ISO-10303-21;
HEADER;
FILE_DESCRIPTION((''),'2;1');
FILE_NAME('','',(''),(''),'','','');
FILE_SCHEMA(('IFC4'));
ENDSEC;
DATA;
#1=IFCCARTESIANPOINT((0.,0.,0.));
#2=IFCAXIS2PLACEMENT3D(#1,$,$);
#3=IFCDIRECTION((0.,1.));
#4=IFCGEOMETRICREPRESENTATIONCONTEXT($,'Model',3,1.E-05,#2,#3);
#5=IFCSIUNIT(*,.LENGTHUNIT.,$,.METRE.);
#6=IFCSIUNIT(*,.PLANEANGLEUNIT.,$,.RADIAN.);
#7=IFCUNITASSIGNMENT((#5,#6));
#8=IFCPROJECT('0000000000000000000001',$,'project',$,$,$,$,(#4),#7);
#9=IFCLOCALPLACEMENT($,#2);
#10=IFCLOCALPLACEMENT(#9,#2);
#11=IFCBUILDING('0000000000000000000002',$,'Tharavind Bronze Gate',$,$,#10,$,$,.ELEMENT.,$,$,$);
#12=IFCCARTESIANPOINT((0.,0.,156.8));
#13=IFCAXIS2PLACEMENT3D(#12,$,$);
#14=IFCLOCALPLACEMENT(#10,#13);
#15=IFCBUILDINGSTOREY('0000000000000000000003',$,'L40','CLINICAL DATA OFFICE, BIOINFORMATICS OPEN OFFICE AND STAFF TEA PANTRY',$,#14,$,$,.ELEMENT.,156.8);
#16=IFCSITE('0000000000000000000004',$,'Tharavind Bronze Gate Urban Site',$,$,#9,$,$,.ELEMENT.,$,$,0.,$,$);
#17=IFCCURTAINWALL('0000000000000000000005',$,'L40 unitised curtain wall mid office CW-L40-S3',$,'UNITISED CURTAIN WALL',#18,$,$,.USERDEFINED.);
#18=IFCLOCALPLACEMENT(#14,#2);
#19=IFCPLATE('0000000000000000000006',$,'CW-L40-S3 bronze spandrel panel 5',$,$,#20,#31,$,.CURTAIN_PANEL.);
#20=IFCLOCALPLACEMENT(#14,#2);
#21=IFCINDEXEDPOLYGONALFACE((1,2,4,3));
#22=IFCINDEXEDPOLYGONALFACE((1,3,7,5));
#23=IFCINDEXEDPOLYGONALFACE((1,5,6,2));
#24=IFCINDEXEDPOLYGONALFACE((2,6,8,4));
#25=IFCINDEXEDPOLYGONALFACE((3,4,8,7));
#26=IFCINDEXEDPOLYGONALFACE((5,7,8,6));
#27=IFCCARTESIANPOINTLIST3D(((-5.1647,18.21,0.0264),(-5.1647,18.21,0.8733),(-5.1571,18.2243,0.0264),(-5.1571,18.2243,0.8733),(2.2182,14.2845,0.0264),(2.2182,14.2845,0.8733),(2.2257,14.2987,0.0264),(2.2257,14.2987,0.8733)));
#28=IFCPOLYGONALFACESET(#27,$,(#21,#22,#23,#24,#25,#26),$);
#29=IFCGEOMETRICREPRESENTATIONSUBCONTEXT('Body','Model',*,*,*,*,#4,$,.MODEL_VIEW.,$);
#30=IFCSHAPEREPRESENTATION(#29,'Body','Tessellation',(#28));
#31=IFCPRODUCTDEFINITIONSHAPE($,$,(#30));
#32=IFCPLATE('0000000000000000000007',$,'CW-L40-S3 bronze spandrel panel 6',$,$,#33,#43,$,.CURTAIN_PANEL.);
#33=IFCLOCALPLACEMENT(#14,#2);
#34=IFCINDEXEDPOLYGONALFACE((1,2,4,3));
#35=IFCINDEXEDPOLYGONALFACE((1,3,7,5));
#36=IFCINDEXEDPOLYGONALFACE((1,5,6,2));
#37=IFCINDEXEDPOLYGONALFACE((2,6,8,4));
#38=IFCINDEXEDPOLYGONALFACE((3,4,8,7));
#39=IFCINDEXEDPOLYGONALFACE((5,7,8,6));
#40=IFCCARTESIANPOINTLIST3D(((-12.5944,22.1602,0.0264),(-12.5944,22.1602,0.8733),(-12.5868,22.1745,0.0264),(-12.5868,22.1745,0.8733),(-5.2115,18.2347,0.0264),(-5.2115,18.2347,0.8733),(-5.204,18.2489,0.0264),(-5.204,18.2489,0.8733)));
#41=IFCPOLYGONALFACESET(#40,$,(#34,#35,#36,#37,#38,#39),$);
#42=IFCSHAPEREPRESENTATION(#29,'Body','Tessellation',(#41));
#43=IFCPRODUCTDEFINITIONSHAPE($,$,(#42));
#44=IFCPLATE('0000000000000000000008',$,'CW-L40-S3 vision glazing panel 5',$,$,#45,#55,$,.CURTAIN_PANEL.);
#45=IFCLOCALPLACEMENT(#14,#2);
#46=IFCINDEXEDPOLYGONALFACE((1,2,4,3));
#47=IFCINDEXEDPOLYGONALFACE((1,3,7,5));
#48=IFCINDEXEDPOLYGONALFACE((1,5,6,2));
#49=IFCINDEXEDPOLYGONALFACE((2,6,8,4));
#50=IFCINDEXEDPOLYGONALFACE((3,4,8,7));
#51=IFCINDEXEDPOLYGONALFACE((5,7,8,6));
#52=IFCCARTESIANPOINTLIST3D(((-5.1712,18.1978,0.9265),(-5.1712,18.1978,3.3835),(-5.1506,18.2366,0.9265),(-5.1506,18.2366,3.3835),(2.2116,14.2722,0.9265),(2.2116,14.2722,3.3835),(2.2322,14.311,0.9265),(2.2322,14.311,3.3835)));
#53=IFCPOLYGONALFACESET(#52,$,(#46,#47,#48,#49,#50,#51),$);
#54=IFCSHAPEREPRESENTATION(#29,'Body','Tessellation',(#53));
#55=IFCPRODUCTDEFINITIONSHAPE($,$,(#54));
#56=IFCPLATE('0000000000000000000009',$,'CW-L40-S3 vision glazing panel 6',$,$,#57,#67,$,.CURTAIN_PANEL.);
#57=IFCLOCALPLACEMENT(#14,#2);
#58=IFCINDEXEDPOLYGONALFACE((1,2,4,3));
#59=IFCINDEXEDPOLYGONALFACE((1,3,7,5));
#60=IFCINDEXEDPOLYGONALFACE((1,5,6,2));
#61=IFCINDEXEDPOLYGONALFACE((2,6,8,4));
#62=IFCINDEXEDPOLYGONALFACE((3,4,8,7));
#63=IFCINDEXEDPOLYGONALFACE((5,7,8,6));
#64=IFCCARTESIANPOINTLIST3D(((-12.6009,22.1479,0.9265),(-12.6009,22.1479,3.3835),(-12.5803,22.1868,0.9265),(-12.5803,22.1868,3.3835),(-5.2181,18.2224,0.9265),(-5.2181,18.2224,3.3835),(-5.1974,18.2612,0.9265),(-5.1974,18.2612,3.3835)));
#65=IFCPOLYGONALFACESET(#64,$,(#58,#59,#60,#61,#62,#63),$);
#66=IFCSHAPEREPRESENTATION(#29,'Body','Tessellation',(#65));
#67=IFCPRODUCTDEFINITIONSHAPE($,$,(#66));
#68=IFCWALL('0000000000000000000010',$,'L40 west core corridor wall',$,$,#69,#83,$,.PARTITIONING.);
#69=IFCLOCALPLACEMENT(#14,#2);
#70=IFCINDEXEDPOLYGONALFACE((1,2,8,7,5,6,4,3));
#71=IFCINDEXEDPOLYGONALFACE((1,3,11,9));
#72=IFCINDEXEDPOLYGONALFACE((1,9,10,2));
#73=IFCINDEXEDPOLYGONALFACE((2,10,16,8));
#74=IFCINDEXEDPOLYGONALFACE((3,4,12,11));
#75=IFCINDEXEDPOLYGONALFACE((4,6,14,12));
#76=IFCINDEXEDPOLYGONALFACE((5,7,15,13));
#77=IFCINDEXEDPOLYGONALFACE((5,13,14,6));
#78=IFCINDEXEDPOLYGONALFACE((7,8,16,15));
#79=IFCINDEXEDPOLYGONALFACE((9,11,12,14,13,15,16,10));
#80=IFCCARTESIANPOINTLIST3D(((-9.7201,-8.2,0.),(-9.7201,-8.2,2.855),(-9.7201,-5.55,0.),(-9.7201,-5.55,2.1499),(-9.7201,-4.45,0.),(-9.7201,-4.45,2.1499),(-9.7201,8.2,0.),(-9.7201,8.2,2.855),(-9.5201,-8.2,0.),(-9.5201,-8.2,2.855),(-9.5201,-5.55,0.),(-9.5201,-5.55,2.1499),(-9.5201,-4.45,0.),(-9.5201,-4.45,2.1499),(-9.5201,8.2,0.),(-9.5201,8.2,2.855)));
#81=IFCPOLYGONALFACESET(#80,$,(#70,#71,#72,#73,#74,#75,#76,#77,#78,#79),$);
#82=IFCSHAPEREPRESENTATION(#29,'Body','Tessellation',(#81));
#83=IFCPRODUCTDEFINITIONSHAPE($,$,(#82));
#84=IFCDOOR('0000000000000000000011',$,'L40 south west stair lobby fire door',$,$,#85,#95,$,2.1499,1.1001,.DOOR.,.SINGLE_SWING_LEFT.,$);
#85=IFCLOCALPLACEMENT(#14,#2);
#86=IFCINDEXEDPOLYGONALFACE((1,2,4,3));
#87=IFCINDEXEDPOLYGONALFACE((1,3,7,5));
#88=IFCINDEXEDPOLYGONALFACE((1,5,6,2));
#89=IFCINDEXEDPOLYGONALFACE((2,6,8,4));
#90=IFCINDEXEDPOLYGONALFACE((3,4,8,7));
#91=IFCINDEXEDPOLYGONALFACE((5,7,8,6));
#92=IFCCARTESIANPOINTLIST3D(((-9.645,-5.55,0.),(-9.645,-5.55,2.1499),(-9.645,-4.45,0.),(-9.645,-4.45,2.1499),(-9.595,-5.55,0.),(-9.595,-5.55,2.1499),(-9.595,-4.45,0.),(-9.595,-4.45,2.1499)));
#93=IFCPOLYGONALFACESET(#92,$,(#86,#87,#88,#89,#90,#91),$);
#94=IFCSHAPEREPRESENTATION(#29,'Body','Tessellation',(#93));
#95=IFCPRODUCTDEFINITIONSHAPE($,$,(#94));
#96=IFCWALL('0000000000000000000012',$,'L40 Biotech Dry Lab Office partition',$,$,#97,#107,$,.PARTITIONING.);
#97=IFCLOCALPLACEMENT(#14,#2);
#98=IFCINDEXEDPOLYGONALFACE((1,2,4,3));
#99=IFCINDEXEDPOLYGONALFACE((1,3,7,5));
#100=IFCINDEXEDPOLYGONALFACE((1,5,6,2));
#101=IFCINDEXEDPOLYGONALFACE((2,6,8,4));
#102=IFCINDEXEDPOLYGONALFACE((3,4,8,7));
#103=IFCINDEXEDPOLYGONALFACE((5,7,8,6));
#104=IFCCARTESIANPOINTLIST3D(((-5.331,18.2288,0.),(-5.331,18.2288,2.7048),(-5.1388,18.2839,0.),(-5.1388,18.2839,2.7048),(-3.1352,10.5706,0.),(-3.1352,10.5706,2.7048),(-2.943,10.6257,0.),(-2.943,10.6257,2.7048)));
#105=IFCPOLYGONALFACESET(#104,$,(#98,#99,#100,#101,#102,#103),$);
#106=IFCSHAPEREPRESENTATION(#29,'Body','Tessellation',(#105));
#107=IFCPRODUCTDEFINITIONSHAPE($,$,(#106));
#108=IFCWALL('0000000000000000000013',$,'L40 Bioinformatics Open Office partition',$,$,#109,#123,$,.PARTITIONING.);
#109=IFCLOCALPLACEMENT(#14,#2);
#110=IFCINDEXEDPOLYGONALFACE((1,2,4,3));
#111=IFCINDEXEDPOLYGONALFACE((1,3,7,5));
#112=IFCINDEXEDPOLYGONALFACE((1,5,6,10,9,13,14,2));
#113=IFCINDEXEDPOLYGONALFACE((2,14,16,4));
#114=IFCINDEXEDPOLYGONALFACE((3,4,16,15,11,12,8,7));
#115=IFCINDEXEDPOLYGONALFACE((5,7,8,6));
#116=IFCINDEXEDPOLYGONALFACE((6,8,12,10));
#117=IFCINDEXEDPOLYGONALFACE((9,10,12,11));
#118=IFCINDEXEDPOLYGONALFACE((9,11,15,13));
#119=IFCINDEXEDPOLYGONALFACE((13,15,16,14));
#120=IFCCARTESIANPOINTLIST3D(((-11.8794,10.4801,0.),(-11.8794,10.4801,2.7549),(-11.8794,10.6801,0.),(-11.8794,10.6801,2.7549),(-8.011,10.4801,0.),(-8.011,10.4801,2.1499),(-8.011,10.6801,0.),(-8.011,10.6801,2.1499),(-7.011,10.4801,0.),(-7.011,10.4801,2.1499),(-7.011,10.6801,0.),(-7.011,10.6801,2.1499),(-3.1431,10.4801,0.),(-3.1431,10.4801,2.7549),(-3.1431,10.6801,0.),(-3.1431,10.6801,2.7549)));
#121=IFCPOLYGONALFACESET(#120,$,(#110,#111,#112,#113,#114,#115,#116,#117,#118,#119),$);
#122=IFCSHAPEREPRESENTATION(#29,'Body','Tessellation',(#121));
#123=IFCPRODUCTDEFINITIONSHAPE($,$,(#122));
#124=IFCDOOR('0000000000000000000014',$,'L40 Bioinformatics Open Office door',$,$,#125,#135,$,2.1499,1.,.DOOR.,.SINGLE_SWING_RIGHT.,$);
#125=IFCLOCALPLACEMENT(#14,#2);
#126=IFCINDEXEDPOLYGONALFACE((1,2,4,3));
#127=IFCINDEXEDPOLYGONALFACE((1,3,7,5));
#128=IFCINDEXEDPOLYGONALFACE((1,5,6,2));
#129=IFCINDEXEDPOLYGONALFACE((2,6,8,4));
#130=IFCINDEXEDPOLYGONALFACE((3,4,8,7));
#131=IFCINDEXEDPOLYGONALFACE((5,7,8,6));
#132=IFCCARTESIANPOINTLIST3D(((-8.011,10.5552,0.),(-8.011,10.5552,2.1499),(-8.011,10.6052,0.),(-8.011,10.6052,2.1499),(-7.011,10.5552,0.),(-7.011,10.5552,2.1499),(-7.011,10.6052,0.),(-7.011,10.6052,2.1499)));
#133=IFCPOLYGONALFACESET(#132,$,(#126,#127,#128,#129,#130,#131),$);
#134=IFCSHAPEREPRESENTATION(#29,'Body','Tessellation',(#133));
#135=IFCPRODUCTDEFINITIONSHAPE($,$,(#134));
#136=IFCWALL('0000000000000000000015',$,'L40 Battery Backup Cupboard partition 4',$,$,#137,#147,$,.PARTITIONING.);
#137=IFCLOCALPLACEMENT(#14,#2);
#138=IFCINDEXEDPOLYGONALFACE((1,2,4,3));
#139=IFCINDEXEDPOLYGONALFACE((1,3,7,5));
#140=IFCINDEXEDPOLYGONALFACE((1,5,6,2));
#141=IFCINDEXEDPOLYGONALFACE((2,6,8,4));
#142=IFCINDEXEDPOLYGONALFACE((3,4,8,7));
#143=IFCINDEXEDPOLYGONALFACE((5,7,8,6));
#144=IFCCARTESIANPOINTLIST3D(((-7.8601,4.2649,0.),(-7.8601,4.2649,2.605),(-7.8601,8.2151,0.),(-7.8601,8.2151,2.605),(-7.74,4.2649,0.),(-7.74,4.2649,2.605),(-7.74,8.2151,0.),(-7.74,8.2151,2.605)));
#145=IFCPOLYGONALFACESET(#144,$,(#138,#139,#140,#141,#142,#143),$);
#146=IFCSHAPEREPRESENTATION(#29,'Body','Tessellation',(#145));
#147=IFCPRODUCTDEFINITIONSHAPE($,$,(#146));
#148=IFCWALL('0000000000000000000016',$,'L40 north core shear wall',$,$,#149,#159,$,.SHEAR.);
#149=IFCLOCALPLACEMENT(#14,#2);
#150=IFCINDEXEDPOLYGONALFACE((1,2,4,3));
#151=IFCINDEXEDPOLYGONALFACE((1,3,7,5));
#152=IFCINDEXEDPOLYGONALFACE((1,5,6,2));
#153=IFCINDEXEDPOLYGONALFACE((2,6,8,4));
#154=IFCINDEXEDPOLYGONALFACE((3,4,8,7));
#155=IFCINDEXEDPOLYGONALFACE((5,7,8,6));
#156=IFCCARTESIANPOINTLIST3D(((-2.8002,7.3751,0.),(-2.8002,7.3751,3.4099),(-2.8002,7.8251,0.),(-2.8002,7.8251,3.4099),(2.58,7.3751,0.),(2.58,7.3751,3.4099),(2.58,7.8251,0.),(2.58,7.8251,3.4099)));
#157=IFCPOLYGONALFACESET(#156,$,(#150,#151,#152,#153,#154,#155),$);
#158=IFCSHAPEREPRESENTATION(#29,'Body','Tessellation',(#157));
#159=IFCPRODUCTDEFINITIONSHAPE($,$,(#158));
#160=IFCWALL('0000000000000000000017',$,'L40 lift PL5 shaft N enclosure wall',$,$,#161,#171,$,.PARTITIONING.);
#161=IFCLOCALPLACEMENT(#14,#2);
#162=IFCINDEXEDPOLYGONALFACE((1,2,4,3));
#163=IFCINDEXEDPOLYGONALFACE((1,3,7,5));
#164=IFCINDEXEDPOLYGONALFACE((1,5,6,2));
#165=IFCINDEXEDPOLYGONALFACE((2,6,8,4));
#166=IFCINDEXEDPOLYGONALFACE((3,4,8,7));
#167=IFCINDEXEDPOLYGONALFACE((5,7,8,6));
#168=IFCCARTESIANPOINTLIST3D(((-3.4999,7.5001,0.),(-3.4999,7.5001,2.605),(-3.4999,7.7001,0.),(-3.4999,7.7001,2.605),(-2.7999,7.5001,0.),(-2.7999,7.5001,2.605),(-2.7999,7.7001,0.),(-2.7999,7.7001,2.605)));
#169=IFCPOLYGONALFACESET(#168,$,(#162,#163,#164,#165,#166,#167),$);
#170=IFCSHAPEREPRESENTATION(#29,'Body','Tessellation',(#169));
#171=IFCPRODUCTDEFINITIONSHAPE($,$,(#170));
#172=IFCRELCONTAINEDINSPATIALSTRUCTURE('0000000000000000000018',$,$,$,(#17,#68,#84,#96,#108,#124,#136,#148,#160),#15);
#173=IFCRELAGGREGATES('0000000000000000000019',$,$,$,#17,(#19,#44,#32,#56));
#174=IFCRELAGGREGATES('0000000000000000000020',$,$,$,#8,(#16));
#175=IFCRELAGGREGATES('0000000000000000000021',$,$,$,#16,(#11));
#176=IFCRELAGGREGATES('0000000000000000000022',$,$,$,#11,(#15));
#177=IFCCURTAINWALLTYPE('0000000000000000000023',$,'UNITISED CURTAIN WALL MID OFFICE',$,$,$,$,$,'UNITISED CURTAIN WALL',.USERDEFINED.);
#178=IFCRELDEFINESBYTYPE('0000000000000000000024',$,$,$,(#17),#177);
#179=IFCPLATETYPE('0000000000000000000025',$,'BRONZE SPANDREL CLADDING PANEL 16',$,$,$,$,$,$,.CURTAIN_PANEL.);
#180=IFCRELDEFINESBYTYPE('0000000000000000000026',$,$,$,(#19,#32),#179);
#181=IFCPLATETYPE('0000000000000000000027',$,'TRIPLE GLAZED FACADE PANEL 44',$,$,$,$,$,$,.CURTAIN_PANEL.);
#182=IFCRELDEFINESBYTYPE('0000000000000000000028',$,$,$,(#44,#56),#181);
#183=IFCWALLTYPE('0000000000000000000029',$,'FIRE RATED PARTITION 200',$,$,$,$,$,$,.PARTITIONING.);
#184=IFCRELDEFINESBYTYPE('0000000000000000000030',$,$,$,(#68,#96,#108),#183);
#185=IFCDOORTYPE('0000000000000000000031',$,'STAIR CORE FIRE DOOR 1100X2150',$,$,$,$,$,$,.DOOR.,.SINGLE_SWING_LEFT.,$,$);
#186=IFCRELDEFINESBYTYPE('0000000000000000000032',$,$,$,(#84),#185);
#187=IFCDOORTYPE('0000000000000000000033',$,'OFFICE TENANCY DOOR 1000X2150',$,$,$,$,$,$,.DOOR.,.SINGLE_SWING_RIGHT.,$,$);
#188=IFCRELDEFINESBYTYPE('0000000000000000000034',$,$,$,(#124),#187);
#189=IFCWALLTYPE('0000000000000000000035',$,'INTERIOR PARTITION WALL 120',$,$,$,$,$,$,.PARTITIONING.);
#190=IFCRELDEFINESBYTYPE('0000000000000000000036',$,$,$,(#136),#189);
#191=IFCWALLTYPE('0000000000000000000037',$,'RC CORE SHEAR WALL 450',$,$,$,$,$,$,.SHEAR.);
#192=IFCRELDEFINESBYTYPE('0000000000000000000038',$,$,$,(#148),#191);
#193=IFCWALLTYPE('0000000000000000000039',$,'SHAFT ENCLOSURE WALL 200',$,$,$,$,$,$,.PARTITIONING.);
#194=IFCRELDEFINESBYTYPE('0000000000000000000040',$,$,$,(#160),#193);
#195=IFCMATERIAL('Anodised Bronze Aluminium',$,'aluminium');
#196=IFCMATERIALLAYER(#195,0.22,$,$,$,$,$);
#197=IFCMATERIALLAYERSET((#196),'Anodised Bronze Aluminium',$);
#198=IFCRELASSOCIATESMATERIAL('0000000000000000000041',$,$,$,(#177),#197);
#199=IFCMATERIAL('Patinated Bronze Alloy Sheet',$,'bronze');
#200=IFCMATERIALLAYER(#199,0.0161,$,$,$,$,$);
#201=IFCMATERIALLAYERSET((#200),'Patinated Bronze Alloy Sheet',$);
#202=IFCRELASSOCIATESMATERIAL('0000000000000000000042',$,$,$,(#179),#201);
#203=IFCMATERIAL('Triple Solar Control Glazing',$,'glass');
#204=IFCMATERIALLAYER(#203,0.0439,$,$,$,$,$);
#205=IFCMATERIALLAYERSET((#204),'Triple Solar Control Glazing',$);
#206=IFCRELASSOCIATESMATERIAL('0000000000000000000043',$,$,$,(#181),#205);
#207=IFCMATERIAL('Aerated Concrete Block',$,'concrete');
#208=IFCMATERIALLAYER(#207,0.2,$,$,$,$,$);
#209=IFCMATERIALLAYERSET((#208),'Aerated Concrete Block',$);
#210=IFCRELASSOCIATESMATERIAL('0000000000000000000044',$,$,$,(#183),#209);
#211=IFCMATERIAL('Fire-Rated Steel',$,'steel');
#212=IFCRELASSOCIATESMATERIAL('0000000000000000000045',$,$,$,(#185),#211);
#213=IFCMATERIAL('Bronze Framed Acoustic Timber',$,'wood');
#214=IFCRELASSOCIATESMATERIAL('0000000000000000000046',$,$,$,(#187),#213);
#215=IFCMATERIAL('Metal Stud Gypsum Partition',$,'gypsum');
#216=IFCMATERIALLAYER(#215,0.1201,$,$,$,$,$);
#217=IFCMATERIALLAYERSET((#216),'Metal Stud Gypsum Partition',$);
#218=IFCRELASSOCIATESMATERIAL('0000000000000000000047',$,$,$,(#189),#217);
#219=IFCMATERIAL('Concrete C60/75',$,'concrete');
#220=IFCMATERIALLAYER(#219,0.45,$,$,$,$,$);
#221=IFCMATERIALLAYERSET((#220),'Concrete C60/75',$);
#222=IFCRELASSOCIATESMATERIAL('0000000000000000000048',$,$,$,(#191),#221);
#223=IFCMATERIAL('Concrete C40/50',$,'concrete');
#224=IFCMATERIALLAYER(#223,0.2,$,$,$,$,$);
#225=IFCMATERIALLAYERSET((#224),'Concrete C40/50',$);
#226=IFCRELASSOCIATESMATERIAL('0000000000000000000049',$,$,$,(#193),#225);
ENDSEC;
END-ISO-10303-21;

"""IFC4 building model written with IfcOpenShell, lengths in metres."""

from ifc_helpers import new_model, si_unit, direction, frame, frame_2d, origin, origin_2d, place, context, subcontext, project, spatial, rectangle, extrude, material, layer, layer_set, type_object, element, fill, aggregate, save


model = new_model("IFC4")

# Units and contexts
model_context = context("Model", 3, precision=1e-05, world=origin(), true_north=direction((0.0, 1.0)))
body_context = subcontext(model_context, "Body", "Model", "MODEL_VIEW")
ifc_project = project(units=[si_unit("LENGTHUNIT", "METRE"), si_unit("PLANEANGLEUNIT", "RADIAN")], contexts=[model_context])

# Site, building, storey
site_placement = place(None, origin())
site = spatial("IfcSite", under=ifc_project, at=site_placement, Name="Tharavind Bronze Gate Urban Site", CompositionType="ELEMENT", RefElevation=0.0)
building_placement = place(site_placement, origin())
building = spatial("IfcBuilding", under=site, at=building_placement, Name="Tharavind Bronze Gate", CompositionType="ELEMENT")
storey_placement = place(building_placement, frame((0.0, 0.0, 156.8)))
storey = spatial("IfcBuildingStorey", under=building, at=storey_placement, Name="L40", Description="CLINICAL DATA OFFICE, BIOINFORMATICS OPEN OFFICE AND STAFF TEA PANTRY", CompositionType="ELEMENT", Elevation=156.8)

# Curtain wall
ifc_material_1 = material(Name="Anodised Bronze Aluminium", Category="aluminium")
ifc_layer_1 = layer(ifc_material_1, 0.22)
ifc_layer_set_1 = layer_set([ifc_layer_1], Name="Anodised Bronze Aluminium")
curtain_wall_type = type_object("IfcCurtainWallType", Name="UNITISED CURTAIN WALL MID OFFICE", ElementType="UNITISED CURTAIN WALL", PredefinedType="USERDEFINED", material=ifc_layer_set_1)
curtain_wall_placement = place(storey_placement, origin())
curtain_wall = element("IfcCurtainWall", 1, at=curtain_wall_placement, inside=storey, type_object=curtain_wall_type, Name="L40 unitised curtain wall mid office CW-L40-S3", ObjectType="UNITISED CURTAIN WALL", PredefinedType="USERDEFINED")

# Plates
ifc_material_2 = material(Name="Patinated Bronze Alloy Sheet", Category="bronze")
ifc_layer_2 = layer(ifc_material_2, 0.0161)
ifc_layer_set_2 = layer_set([ifc_layer_2], Name="Patinated Bronze Alloy Sheet")
plate_type_1 = type_object("IfcPlateType", Name="BRONZE SPANDREL CLADDING PANEL 16", PredefinedType="CURTAIN_PANEL", material=ifc_layer_set_2)
plate_1_placement = place(storey_placement, frame((-1.4695, 16.2544, 0.0264), z_axis=(0.0, 0.0, 1.0), x_axis=(-0.882948, 0.469472, 0.0)))
plate_1 = element("IfcPlate", 2, at=plate_1_placement, type_object=plate_type_1, Name="CW-L40-S3 bronze spandrel panel 5", PredefinedType="CURTAIN_PANEL", context=body_context, shape_type="SweptSolid", body=[
    extrude(rectangle(XDim=8.3616, YDim=0.0161, at=origin_2d()), origin(), (0.0, 0.0, 1.0), 0.8469),
])
plate_2_placement = place(storey_placement, frame((-8.8992, 20.2046, 0.0264), z_axis=(0.0, 0.0, 1.0), x_axis=(-0.882948, 0.469472, 0.0)))
plate_2 = element("IfcPlate", 3, at=plate_2_placement, type_object=plate_type_1, Name="CW-L40-S3 bronze spandrel panel 6", PredefinedType="CURTAIN_PANEL", context=body_context, shape_type="SweptSolid", body=[
    extrude(rectangle(XDim=8.3616, YDim=0.0161, at=origin_2d()), origin(), (0.0, 0.0, 1.0), 0.8469),
])
ifc_material_3 = material(Name="Triple Solar Control Glazing", Category="glass")
ifc_layer_3 = layer(ifc_material_3, 0.0439)
ifc_layer_set_3 = layer_set([ifc_layer_3], Name="Triple Solar Control Glazing")
plate_type_2 = type_object("IfcPlateType", Name="TRIPLE GLAZED FACADE PANEL 44", PredefinedType="CURTAIN_PANEL", material=ifc_layer_set_3)
plate_3_placement = place(storey_placement, frame((-1.4695, 16.2544, 0.9265), z_axis=(0.0, 0.0, 1.0), x_axis=(-0.882948, 0.469472, 0.0)))
plate_3 = element("IfcPlate", 4, at=plate_3_placement, type_object=plate_type_2, Name="CW-L40-S3 vision glazing panel 5", PredefinedType="CURTAIN_PANEL", context=body_context, shape_type="SweptSolid", body=[
    extrude(rectangle(XDim=8.3616, YDim=0.0439, at=origin_2d()), origin(), (0.0, 0.0, 1.0), 2.457),
])
plate_4_placement = place(storey_placement, frame((-8.8992, 20.2046, 0.9265), z_axis=(0.0, 0.0, 1.0), x_axis=(-0.882948, 0.469472, 0.0)))
plate_4 = element("IfcPlate", 5, at=plate_4_placement, type_object=plate_type_2, Name="CW-L40-S3 vision glazing panel 6", PredefinedType="CURTAIN_PANEL", context=body_context, shape_type="SweptSolid", body=[
    extrude(rectangle(XDim=8.3616, YDim=0.0439, at=origin_2d()), origin(), (0.0, 0.0, 1.0), 2.457),
])
aggregate(curtain_wall, [plate_1, plate_3, plate_2, plate_4])

# Wall, opening, door
ifc_material_4 = material(Name="Aerated Concrete Block", Category="concrete")
ifc_layer_4 = layer(ifc_material_4, 0.2)
ifc_layer_set_4 = layer_set([ifc_layer_4], Name="Aerated Concrete Block")
wall_type_1 = type_object("IfcWallType", Name="FIRE RATED PARTITION 200", PredefinedType="PARTITIONING", material=ifc_layer_set_4)
wall_1_placement = place(storey_placement, frame((-9.6201, 8.2, 0.0), z_axis=(0.0, 0.0, 1.0), x_axis=(0.0, -1.0, 0.0)))
wall_1 = element("IfcWall", 6, at=wall_1_placement, inside=storey, type_object=wall_type_1, Name="L40 west core corridor wall", PredefinedType="PARTITIONING", context=body_context, shape_type="SweptSolid", body=[
    extrude(rectangle(XDim=16.3999, YDim=0.2, at=frame_2d((8.2, 0.0))), origin(), (0.0, 0.0, 1.0), 2.855),
])
opening_1_placement = place(wall_1_placement, frame((12.6499, 0.0, 0.0)))
opening_1 = element("IfcOpeningElement", 7, at=opening_1_placement, cuts=wall_1, PredefinedType="OPENING", context=body_context, shape_type="SweptSolid", body=[
    extrude(rectangle(XDim=1.1001, YDim=2.1499, at=frame_2d((0.55, 1.075))), frame((0.0, 0.1101, 0.0), z_axis=(0.0, -1.0, 0.0), x_axis=(1.0, 0.0, 0.0)), (0.0, 0.0, 1.0), 0.22),
])
ifc_material_5 = material(Name="Fire-Rated Steel", Category="steel")
door_type_1 = type_object("IfcDoorType", Name="STAIR CORE FIRE DOOR 1100X2150", OperationType="SINGLE_SWING_LEFT", PredefinedType="DOOR", material=ifc_material_5)
door_1_placement = place(opening_1_placement, frame((1.1001, 0.0, 0.0), z_axis=(0.0, 0.0, 1.0), x_axis=(-1.0, 0.0, 0.0)))
door_1 = element("IfcDoor", 8, at=door_1_placement, inside=storey, type_object=door_type_1, Name="L40 south west stair lobby fire door", OperationType="SINGLE_SWING_LEFT", OverallHeight=2.1499, OverallWidth=1.1001, PredefinedType="DOOR", context=body_context, shape_type="SweptSolid", body=[
    extrude(rectangle(XDim=1.1001, YDim=2.1499, at=frame_2d((0.55, 1.075))), frame((0.0, 0.0249, 0.0), z_axis=(0.0, -1.0, 0.0), x_axis=(1.0, 0.0, 0.0)), (0.0, 0.0, 1.0), 0.05),
])
fill(opening_1, door_1)

# Wall
wall_2_placement = place(storey_placement, frame((-3.0391, 10.5981, 0.0), z_axis=(0.0, 0.0, 1.0), x_axis=(-0.27562, 0.961267, 0.0)))
element("IfcWall", 9, at=wall_2_placement, inside=storey, type_object=wall_type_1, Name="L40 Biotech Dry Lab Office partition", PredefinedType="PARTITIONING", context=body_context, shape_type="SweptSolid", body=[
    extrude(rectangle(XDim=7.9668, YDim=0.2, at=frame_2d((3.9834, 0.0))), origin(), (0.0, 0.0, 1.0), 2.7048),
])

# Wall, opening, door
wall_3_placement = place(storey_placement, frame((-3.1431, 10.5801, 0.0), z_axis=(0.0, 0.0, 1.0), x_axis=(-1.0, 0.0, 0.0)))
wall_3 = element("IfcWall", 10, at=wall_3_placement, inside=storey, type_object=wall_type_1, Name="L40 Bioinformatics Open Office partition", PredefinedType="PARTITIONING", context=body_context, shape_type="SweptSolid", body=[
    extrude(rectangle(XDim=8.7363, YDim=0.2, at=frame_2d((4.3682, 0.0))), origin(), (0.0, 0.0, 1.0), 2.7549),
])
opening_2_placement = place(wall_3_placement, frame((3.8679, 0.0, 0.0)))
opening_2 = element("IfcOpeningElement", 11, at=opening_2_placement, cuts=wall_3, PredefinedType="OPENING", context=body_context, shape_type="SweptSolid", body=[
    extrude(rectangle(XDim=1.0, YDim=2.1499, at=frame_2d((0.5, 1.075))), frame((0.0, 0.1101, 0.0), z_axis=(0.0, -1.0, 0.0), x_axis=(1.0, 0.0, 0.0)), (0.0, 0.0, 1.0), 0.22),
])
ifc_material_6 = material(Name="Bronze Framed Acoustic Timber", Category="wood")
door_type_2 = type_object("IfcDoorType", Name="OFFICE TENANCY DOOR 1000X2150", OperationType="SINGLE_SWING_RIGHT", PredefinedType="DOOR", material=ifc_material_6)
door_2_placement = place(opening_2_placement, origin())
door_2 = element("IfcDoor", 12, at=door_2_placement, inside=storey, type_object=door_type_2, Name="L40 Bioinformatics Open Office door", OperationType="SINGLE_SWING_RIGHT", OverallHeight=2.1499, OverallWidth=1.0, PredefinedType="DOOR", context=body_context, shape_type="SweptSolid", body=[
    extrude(rectangle(XDim=1.0, YDim=2.1499, at=frame_2d((0.5, 1.075))), frame((0.0, 0.0249, 0.0), z_axis=(0.0, -1.0, 0.0), x_axis=(1.0, 0.0, 0.0)), (0.0, 0.0, 1.0), 0.05),
])
fill(opening_2, door_2)

# Walls
ifc_material_7 = material(Name="Metal Stud Gypsum Partition", Category="gypsum")
ifc_layer_5 = layer(ifc_material_7, 0.1201)
ifc_layer_set_5 = layer_set([ifc_layer_5], Name="Metal Stud Gypsum Partition")
wall_type_2 = type_object("IfcWallType", Name="INTERIOR PARTITION WALL 120", PredefinedType="PARTITIONING", material=ifc_layer_set_5)
wall_4_placement = place(storey_placement, frame((-7.8, 8.2151, 0.0), z_axis=(0.0, 0.0, 1.0), x_axis=(0.0, -1.0, 0.0)))
element("IfcWall", 13, at=wall_4_placement, inside=storey, type_object=wall_type_2, Name="L40 Battery Backup Cupboard partition 4", PredefinedType="PARTITIONING", context=body_context, shape_type="SweptSolid", body=[
    extrude(rectangle(XDim=3.9502, YDim=0.1201, at=frame_2d((1.9751, 0.0))), origin(), (0.0, 0.0, 1.0), 2.605),
])
ifc_material_8 = material(Name="Concrete C60/75", Category="concrete")
ifc_layer_6 = layer(ifc_material_8, 0.45)
ifc_layer_set_6 = layer_set([ifc_layer_6], Name="Concrete C60/75")
wall_type_3 = type_object("IfcWallType", Name="RC CORE SHEAR WALL 450", PredefinedType="SHEAR", material=ifc_layer_set_6)
wall_5_placement = place(storey_placement, frame((-2.8, 7.6001, 0.0), z_axis=(0.0, 0.0, 1.0), x_axis=(1.0, 0.0, 0.0)))
element("IfcWall", 14, at=wall_5_placement, inside=storey, type_object=wall_type_3, Name="L40 north core shear wall", PredefinedType="SHEAR", context=body_context, shape_type="SweptSolid", body=[
    extrude(rectangle(XDim=5.3801, YDim=0.45, at=frame_2d((2.6899, 0.0))), origin(), (0.0, 0.0, 1.0), 3.4099),
])
ifc_material_9 = material(Name="Concrete C40/50", Category="concrete")
ifc_layer_7 = layer(ifc_material_9, 0.2)
ifc_layer_set_7 = layer_set([ifc_layer_7], Name="Concrete C40/50")
wall_type_4 = type_object("IfcWallType", Name="SHAFT ENCLOSURE WALL 200", PredefinedType="PARTITIONING", material=ifc_layer_set_7)
wall_6_placement = place(storey_placement, frame((-3.5, 7.6001, 0.0), z_axis=(0.0, 0.0, 1.0), x_axis=(1.0, 0.0, 0.0)))
element("IfcWall", 15, at=wall_6_placement, inside=storey, type_object=wall_type_4, Name="L40 lift PL5 shaft N enclosure wall", PredefinedType="PARTITIONING", context=body_context, shape_type="SweptSolid", body=[
    extrude(rectangle(XDim=0.7, YDim=0.2, at=frame_2d((0.3501, 0.0))), origin(), (0.0, 0.0, 1.0), 2.605),
])

save(model, "model.ifc")
